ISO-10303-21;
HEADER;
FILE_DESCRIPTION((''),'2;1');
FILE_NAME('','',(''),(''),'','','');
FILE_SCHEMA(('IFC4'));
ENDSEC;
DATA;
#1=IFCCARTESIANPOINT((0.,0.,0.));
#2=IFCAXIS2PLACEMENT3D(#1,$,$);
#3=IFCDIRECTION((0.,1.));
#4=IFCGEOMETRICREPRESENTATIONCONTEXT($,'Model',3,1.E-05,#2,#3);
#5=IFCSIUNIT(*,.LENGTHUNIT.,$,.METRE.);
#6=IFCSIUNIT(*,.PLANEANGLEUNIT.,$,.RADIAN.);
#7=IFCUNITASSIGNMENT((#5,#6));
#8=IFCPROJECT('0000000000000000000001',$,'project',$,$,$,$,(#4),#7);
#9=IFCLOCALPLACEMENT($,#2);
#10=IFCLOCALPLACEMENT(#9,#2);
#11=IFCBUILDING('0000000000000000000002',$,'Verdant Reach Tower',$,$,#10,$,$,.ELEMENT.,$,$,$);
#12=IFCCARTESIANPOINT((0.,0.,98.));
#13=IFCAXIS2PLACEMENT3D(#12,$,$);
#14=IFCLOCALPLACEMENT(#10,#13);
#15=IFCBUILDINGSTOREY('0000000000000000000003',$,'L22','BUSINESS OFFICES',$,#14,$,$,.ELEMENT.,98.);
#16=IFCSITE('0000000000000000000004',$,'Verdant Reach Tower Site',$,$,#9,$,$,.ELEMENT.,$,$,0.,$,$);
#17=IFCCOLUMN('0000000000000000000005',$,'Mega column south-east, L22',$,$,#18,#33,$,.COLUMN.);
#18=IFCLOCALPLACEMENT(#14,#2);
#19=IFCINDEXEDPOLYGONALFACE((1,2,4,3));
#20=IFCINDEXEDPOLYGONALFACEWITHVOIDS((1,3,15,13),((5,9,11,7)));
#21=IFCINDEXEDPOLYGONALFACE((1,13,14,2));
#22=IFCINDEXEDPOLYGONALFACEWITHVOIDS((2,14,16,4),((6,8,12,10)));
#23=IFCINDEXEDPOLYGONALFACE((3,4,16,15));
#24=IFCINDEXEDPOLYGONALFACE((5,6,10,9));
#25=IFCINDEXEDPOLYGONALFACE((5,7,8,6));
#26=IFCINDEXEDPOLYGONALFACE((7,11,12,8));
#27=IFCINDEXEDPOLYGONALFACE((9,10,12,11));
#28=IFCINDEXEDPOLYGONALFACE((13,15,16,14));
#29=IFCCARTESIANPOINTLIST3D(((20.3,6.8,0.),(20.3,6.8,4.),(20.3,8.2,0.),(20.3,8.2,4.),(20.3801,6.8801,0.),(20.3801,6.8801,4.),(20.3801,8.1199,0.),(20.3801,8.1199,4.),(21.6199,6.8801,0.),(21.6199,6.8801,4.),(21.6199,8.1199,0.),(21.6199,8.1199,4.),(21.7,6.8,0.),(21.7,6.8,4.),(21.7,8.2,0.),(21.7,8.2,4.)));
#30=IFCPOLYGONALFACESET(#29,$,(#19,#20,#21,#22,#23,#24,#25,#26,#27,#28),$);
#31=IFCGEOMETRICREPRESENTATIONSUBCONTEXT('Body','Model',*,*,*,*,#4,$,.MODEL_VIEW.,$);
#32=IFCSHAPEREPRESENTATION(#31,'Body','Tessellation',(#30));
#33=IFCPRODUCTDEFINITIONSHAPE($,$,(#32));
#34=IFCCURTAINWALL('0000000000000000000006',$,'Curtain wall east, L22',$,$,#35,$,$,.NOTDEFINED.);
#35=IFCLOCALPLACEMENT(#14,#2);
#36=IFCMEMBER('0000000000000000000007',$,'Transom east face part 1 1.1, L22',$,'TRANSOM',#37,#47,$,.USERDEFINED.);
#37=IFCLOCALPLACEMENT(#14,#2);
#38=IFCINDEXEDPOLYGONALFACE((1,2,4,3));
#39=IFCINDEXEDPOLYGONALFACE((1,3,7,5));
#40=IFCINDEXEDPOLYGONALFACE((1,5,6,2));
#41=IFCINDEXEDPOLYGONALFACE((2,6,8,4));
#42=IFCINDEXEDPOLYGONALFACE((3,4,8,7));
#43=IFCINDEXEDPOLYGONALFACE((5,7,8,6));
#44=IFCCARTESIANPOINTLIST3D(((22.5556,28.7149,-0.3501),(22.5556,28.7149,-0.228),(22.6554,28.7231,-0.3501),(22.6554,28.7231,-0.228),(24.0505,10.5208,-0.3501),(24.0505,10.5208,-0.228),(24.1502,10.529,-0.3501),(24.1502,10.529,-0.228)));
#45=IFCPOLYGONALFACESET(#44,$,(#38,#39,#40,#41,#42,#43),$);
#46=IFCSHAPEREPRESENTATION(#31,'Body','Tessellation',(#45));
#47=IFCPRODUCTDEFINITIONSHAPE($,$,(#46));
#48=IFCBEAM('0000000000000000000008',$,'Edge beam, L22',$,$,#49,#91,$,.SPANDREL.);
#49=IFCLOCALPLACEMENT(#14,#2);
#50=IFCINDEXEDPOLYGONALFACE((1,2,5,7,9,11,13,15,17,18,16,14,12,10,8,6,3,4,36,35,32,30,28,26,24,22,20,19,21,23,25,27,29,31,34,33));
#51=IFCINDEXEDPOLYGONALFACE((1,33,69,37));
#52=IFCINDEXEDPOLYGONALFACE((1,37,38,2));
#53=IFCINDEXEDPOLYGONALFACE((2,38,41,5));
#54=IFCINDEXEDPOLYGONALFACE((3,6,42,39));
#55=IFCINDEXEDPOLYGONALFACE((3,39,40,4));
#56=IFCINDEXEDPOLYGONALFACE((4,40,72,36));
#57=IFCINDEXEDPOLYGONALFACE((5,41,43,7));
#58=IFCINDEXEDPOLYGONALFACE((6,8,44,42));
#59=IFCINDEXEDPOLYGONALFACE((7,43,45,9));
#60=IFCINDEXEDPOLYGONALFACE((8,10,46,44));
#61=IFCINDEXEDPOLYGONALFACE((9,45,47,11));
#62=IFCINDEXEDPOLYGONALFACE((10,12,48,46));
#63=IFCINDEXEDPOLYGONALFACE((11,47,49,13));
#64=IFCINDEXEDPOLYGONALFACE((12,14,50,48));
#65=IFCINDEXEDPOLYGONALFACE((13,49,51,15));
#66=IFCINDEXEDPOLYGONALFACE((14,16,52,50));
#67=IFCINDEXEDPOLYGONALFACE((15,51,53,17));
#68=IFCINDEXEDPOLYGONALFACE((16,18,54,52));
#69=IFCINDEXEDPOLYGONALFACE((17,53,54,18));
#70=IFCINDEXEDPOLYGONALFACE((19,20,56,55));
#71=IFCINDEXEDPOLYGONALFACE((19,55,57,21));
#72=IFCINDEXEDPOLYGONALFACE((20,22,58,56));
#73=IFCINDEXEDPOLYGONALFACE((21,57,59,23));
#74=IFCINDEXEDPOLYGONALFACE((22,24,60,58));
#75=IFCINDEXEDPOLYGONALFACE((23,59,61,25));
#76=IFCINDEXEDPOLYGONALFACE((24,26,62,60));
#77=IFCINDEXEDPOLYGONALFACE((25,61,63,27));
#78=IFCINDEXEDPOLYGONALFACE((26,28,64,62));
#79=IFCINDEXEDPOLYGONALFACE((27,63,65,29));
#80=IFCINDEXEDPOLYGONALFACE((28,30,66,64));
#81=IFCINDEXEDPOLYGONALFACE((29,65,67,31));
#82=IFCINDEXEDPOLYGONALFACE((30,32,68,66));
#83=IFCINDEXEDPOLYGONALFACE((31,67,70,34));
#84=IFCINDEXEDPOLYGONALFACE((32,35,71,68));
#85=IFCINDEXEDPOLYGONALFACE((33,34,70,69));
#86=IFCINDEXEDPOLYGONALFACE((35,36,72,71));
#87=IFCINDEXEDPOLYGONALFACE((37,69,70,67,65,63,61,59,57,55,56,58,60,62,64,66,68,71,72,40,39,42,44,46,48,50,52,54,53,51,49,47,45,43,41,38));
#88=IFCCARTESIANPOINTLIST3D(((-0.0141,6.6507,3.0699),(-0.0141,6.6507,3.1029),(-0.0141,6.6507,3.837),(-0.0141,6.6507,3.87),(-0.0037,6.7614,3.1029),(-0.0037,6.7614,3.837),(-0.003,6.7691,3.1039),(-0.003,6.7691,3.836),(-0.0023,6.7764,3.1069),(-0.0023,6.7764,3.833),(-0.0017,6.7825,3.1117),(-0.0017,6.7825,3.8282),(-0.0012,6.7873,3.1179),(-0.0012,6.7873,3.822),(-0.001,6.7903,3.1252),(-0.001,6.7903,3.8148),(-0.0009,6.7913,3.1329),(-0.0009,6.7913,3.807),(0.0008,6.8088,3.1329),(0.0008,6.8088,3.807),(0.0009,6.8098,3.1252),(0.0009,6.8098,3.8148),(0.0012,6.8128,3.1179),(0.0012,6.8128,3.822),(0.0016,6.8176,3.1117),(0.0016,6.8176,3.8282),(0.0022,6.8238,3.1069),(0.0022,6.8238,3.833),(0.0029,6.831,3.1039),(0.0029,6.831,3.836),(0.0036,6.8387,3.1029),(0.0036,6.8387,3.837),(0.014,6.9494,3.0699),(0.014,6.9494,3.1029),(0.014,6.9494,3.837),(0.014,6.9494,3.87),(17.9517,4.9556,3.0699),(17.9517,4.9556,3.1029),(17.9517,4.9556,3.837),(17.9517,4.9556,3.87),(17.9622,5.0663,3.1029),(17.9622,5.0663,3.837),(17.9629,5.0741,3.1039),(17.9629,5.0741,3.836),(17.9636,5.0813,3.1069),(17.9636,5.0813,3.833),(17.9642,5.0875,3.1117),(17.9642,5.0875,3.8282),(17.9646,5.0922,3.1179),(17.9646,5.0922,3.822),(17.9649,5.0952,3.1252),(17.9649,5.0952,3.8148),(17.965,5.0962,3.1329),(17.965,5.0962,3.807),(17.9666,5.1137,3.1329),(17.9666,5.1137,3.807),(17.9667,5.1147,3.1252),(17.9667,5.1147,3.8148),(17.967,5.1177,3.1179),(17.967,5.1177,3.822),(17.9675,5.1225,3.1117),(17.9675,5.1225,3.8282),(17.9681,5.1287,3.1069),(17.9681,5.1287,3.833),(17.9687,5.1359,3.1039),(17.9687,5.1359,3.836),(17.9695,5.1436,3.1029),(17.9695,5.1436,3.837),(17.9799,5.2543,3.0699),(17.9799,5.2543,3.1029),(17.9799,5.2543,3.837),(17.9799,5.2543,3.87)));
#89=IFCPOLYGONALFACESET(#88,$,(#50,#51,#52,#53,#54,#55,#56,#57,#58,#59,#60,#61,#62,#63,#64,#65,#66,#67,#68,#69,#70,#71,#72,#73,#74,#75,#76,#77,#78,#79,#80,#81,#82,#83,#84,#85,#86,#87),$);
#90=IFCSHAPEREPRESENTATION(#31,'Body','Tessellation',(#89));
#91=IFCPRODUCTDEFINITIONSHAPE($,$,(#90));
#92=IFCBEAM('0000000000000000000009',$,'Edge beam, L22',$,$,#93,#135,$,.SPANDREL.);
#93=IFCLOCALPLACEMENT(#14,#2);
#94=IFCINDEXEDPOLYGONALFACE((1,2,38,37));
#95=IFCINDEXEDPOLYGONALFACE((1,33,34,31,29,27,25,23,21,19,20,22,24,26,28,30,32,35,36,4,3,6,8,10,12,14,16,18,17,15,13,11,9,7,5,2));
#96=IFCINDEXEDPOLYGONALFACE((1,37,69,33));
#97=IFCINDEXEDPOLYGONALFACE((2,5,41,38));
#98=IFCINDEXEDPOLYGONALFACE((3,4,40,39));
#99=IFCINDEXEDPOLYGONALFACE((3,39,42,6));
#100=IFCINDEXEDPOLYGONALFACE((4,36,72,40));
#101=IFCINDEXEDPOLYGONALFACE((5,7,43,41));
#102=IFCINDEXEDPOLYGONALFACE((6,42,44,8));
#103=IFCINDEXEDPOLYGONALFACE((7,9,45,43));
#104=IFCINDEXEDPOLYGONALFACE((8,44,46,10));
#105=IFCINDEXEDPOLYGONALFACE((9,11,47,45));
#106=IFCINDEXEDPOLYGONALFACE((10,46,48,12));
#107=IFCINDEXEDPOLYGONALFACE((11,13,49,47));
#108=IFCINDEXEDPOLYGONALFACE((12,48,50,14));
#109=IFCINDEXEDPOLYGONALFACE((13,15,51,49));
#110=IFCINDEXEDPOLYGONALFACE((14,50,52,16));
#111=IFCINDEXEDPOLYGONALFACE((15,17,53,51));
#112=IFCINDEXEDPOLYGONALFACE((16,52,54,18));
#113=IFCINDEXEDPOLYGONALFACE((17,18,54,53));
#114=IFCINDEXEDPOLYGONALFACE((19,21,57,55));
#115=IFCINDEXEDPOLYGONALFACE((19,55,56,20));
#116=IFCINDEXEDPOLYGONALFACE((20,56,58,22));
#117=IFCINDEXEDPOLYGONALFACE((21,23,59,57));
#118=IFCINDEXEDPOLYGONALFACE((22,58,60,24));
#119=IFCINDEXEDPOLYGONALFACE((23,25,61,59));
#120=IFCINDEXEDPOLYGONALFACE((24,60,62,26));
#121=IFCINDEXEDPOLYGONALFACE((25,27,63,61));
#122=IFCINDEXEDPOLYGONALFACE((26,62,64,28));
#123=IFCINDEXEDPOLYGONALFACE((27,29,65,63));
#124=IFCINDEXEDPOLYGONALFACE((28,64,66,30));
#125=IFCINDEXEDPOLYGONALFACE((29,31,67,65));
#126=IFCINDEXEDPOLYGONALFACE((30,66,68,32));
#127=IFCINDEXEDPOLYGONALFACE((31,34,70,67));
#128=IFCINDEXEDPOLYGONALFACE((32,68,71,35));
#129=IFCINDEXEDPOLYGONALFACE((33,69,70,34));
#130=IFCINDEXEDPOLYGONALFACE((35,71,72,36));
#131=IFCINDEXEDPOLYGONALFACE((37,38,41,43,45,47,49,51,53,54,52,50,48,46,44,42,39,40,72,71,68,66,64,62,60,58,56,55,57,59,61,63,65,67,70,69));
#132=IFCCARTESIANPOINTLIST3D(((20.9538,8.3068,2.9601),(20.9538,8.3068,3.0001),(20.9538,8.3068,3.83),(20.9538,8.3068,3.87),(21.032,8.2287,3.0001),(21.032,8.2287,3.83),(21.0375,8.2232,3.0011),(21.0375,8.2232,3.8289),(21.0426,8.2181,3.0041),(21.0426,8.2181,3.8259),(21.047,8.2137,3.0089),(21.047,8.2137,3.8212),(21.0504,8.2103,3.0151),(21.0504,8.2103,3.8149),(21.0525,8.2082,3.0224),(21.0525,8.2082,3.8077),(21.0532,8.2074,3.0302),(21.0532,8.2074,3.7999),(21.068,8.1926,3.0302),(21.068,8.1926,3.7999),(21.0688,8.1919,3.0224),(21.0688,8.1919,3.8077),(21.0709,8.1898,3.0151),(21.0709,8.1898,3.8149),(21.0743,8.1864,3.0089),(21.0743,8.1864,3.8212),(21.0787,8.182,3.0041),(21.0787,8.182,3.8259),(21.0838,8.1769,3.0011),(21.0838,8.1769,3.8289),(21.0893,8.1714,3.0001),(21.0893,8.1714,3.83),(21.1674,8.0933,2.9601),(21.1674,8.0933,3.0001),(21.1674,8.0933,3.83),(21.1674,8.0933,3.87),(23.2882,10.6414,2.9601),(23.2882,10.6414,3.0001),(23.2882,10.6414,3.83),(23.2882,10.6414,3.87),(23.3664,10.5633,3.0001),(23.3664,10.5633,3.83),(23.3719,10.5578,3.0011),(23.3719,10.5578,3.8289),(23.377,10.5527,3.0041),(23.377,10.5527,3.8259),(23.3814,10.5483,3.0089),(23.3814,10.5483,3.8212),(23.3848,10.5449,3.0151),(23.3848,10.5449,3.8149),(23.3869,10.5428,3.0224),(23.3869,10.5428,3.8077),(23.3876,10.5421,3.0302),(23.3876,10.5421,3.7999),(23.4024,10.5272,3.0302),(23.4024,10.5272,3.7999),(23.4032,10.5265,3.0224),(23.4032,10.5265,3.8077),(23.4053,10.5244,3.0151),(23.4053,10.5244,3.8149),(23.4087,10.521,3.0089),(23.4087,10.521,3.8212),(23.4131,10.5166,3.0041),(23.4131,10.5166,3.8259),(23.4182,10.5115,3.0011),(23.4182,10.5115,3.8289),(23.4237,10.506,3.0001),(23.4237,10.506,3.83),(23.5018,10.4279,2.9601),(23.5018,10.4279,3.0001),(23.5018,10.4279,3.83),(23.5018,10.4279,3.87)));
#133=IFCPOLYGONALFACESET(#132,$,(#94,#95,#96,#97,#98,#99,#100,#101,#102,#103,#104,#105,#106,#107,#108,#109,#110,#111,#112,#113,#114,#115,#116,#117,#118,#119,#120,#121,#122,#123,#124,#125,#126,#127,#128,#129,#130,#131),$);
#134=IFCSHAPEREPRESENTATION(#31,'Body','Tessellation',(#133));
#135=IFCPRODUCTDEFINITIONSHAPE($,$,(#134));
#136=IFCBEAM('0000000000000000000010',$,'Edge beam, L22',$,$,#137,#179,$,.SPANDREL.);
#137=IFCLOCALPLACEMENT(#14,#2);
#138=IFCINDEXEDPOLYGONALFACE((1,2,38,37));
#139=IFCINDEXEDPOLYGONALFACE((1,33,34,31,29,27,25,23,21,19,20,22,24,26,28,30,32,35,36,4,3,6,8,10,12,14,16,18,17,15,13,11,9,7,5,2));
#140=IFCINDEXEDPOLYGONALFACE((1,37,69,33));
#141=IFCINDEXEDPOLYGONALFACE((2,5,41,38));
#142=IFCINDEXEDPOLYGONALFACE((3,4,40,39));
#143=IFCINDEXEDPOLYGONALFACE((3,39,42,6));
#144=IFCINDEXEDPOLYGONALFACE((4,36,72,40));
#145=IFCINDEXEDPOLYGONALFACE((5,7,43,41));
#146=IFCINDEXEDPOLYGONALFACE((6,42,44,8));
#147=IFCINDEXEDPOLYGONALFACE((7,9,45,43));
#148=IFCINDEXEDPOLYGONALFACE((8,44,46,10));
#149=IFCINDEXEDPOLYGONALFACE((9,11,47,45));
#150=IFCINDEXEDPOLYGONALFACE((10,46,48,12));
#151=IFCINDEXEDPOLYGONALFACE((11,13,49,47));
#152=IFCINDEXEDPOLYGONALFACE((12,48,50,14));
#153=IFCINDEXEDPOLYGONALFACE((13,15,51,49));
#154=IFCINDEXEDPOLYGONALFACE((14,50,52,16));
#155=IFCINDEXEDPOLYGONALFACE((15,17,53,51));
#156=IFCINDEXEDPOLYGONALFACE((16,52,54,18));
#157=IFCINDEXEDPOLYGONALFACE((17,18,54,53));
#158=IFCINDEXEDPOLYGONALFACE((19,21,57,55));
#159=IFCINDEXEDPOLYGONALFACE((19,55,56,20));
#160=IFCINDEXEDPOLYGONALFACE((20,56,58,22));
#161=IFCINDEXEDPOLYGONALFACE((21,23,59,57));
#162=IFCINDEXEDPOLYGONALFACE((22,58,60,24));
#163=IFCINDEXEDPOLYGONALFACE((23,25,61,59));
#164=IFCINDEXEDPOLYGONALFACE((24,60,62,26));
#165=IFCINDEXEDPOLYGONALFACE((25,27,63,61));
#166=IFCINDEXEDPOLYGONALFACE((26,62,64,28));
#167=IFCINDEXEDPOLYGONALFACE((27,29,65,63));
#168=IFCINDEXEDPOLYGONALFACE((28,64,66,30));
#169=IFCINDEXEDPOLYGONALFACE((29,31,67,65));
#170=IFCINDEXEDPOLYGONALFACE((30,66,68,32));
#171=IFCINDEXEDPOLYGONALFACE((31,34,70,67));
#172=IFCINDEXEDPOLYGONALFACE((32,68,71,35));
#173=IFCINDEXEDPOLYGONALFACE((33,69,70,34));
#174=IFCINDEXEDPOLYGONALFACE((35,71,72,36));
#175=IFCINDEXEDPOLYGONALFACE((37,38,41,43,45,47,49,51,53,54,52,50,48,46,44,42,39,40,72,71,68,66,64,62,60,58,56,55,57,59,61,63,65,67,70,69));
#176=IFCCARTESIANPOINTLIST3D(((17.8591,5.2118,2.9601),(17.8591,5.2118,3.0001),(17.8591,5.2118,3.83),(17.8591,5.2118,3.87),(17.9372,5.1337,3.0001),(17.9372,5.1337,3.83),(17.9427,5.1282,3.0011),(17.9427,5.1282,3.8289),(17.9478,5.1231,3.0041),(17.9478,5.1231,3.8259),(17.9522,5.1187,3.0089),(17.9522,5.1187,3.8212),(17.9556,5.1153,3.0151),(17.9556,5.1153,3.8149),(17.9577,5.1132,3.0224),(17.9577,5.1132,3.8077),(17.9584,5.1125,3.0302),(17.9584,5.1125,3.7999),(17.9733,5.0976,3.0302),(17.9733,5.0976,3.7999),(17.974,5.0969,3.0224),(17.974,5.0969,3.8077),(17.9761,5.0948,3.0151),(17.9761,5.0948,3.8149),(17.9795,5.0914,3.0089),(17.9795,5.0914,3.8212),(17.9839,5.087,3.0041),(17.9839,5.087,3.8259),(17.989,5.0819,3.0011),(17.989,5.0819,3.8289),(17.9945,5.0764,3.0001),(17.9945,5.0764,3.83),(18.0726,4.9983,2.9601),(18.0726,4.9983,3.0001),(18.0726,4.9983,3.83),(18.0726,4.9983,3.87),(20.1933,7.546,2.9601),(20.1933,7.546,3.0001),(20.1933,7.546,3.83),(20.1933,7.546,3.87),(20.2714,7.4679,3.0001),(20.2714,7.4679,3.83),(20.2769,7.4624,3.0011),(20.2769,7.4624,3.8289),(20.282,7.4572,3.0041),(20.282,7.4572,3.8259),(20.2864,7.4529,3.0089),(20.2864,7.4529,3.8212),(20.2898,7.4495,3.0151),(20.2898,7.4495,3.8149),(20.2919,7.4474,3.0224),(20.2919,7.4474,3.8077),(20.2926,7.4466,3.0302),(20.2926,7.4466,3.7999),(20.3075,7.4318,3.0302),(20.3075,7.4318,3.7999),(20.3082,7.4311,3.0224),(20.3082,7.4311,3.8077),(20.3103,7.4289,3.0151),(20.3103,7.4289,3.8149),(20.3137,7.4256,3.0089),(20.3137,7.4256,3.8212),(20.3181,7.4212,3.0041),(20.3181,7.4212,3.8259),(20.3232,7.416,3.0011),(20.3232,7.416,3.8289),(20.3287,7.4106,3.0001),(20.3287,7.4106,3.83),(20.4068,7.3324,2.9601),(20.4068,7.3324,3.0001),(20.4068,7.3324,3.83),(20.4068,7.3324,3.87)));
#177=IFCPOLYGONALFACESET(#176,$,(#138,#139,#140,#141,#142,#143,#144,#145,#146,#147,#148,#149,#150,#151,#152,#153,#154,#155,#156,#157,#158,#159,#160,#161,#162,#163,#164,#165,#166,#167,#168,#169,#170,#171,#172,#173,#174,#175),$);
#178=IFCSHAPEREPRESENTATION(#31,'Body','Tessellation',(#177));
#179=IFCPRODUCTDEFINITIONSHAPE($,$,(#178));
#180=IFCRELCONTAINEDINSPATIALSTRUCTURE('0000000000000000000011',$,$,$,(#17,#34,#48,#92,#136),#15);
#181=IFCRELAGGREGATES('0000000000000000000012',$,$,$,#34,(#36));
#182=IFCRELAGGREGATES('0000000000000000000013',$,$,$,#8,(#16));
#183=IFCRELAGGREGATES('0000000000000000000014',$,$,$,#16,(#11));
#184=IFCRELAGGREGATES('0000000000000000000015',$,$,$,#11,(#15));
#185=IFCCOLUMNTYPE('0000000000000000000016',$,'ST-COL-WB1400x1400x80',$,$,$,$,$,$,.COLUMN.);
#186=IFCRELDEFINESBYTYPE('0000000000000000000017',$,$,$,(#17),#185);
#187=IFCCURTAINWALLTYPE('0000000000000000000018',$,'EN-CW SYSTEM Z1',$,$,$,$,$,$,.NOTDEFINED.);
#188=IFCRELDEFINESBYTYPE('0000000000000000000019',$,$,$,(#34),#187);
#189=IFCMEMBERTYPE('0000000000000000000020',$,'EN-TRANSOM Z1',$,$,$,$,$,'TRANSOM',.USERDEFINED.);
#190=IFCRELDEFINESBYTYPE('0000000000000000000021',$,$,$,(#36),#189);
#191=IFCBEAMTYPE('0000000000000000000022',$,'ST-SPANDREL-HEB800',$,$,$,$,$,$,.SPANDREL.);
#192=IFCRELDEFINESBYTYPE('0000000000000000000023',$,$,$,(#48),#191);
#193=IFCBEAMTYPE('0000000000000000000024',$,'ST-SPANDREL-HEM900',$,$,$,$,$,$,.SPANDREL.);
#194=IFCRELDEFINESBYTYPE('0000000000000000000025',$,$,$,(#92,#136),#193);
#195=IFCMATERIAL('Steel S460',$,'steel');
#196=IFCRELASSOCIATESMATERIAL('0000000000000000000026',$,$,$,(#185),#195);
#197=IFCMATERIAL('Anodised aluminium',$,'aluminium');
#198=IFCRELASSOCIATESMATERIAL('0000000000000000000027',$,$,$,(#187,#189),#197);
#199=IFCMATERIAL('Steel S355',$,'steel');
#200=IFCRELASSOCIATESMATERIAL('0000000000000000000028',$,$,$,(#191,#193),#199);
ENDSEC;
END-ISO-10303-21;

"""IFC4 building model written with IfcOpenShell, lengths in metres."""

from ifc_helpers import new_model, si_unit, direction, frame, origin, origin_2d, place, context, subcontext, project, spatial, rectangle, hollow_rectangle, i_section, extrude, material, material_profile, profile_set, type_object, element, aggregate, save


model = new_model("IFC4")

# Units and contexts
model_context = context("Model", 3, precision=1e-05, world=origin(), true_north=direction((0.0, 1.0)))
body_context = subcontext(model_context, "Body", "Model", "MODEL_VIEW")
ifc_project = project(units=[si_unit("LENGTHUNIT", "METRE"), si_unit("PLANEANGLEUNIT", "RADIAN")], contexts=[model_context])

# Site, building, storey
site_placement = place(None, origin())
site = spatial("IfcSite", under=ifc_project, at=site_placement, Name="Verdant Reach Tower Site", CompositionType="ELEMENT", RefElevation=0.0)
building_placement = place(site_placement, origin())
building = spatial("IfcBuilding", under=site, at=building_placement, Name="Verdant Reach Tower", CompositionType="ELEMENT")
storey_placement = place(building_placement, frame((0.0, 0.0, 98.0)))
storey = spatial("IfcBuildingStorey", under=building, at=storey_placement, Name="L22", Description="BUSINESS OFFICES", CompositionType="ELEMENT", Elevation=98.0)

# Column
ifc_material_1 = material(Name="Steel S460", Category="steel")
ifc_material_profile_1 = material_profile(ifc_material_1, hollow_rectangle(XDim=1.3999, YDim=1.3999, WallThickness=0.0801, at=origin_2d()), Name="WB 1400x1400x80")
ifc_profile_set_1 = profile_set([ifc_material_profile_1], Name="Steel S460")
column_type = type_object("IfcColumnType", Name="ST-COL-WB1400x1400x80", PredefinedType="COLUMN", material=ifc_profile_set_1)
column_placement = place(storey_placement, frame((21.0, 7.5, 0.0), z_axis=(0.0, 0.0, 1.0), x_axis=(1.0, 0.0, 0.0)))
element("IfcColumn", 1, at=column_placement, inside=storey, type_object=column_type, Name="Mega column south-east, L22", PredefinedType="COLUMN", context=body_context, shape_type="SweptSolid", body=[
    extrude(hollow_rectangle(XDim=1.3999, YDim=1.3999, WallThickness=0.0801, at=origin_2d()), origin(), (0.0, 0.0, 1.0), 4.0),
])

# Curtain wall, member
ifc_material_2 = material(Name="Anodised aluminium", Category="aluminium")
curtain_wall_type = type_object("IfcCurtainWallType", Name="EN-CW SYSTEM Z1", PredefinedType="NOTDEFINED", material=ifc_material_2)
curtain_wall_1_placement = place(storey_placement, origin())
curtain_wall_1 = element("IfcCurtainWall", 2, at=curtain_wall_1_placement, inside=storey, type_object=curtain_wall_type, Name="Curtain wall east, L22", PredefinedType="NOTDEFINED")
ifc_material_profile_2 = material_profile(ifc_material_2, rectangle(XDim=0.1001, YDim=0.1221, at=origin_2d()), Name="Transom 122x100")
ifc_profile_set_2 = profile_set([ifc_material_profile_2], Name="Anodised aluminium")
member_type = type_object("IfcMemberType", Name="EN-TRANSOM Z1", ElementType="TRANSOM", PredefinedType="USERDEFINED", material=ifc_profile_set_2)
member_placement = place(storey_placement, frame((24.1003, 10.5249, -0.2891), z_axis=(-0.081887, 0.996642, 0.0), x_axis=(-0.996642, -0.081887, 0.0)))
member = element("IfcMember", 3, at=member_placement, type_object=member_type, Name="Transom east face part 1 1.1, L22", ObjectType="TRANSOM", PredefinedType="USERDEFINED", context=body_context, shape_type="SweptSolid", body=[
    extrude(rectangle(XDim=0.1001, YDim=0.1221, at=origin_2d()), origin(), (0.0, 0.0, 1.0), 18.2554),
])

# Beams
ifc_material_3 = material(Name="Steel S355", Category="steel")
ifc_material_profile_3 = material_profile(ifc_material_3, i_section(OverallWidth=0.3, OverallDepth=0.8, WebThickness=0.0176, FlangeThickness=0.033, FilletRadius=0.03, at=origin_2d()), Name="HEB 800")
ifc_profile_set_3 = profile_set([ifc_material_profile_3], Name="Steel S355")
beam_type_1 = type_object("IfcBeamType", Name="ST-SPANDREL-HEB800", PredefinedType="SPANDREL", material=ifc_profile_set_3)
beam_1_placement = place(storey_placement, frame((17.9658, 5.105, 3.47), z_axis=(-0.995579, 0.093932, 0.0), x_axis=(-0.093932, -0.995579, 0.0)))
element("IfcBeam", 4, at=beam_1_placement, inside=storey, type_object=beam_type_1, Name="Edge beam, L22", PredefinedType="SPANDREL", context=body_context, shape_type="SweptSolid", body=[
    extrude(i_section(OverallWidth=0.3, OverallDepth=0.8, WebThickness=0.0176, FlangeThickness=0.033, FilletRadius=0.03, at=origin_2d()), origin(), (0.0, 0.0, 1.0), 18.0457),
])
ifc_material_profile_4 = material_profile(ifc_material_3, i_section(OverallWidth=0.302, OverallDepth=0.9099, WebThickness=0.021, FlangeThickness=0.04, FilletRadius=0.03, at=origin_2d()), Name="HEM 900")
ifc_profile_set_4 = profile_set([ifc_material_profile_4], Name="Steel S355")
beam_type_2 = type_object("IfcBeamType", Name="ST-SPANDREL-HEM900", PredefinedType="SPANDREL", material=ifc_profile_set_4)
beam_2_placement = place(storey_placement, frame((23.395, 10.5347, 3.415), z_axis=(-0.70707, -0.707144, 0.0), x_axis=(0.707144, -0.70707, 0.0)))
element("IfcBeam", 5, at=beam_2_placement, inside=storey, type_object=beam_type_2, Name="Edge beam, L22", PredefinedType="SPANDREL", context=body_context, shape_type="SweptSolid", body=[
    extrude(i_section(OverallWidth=0.302, OverallDepth=0.9099, WebThickness=0.021, FlangeThickness=0.04, FilletRadius=0.03, at=origin_2d()), origin(), (0.0, 0.0, 1.0), 3.3015),
])
beam_3_placement = place(storey_placement, frame((20.3, 7.4392, 3.415), z_axis=(-0.707107, -0.707107, 0.0), x_axis=(0.707107, -0.707107, 0.0)))
element("IfcBeam", 6, at=beam_3_placement, inside=storey, type_object=beam_type_2, Name="Edge beam, L22", PredefinedType="SPANDREL", context=body_context, shape_type="SweptSolid", body=[
    extrude(i_section(OverallWidth=0.302, OverallDepth=0.9099, WebThickness=0.021, FlangeThickness=0.04, FilletRadius=0.03, at=origin_2d()), origin(), (0.0, 0.0, 1.0), 3.301),
])

aggregate(curtain_wall_1, [member])

save(model, "model.ifc")
